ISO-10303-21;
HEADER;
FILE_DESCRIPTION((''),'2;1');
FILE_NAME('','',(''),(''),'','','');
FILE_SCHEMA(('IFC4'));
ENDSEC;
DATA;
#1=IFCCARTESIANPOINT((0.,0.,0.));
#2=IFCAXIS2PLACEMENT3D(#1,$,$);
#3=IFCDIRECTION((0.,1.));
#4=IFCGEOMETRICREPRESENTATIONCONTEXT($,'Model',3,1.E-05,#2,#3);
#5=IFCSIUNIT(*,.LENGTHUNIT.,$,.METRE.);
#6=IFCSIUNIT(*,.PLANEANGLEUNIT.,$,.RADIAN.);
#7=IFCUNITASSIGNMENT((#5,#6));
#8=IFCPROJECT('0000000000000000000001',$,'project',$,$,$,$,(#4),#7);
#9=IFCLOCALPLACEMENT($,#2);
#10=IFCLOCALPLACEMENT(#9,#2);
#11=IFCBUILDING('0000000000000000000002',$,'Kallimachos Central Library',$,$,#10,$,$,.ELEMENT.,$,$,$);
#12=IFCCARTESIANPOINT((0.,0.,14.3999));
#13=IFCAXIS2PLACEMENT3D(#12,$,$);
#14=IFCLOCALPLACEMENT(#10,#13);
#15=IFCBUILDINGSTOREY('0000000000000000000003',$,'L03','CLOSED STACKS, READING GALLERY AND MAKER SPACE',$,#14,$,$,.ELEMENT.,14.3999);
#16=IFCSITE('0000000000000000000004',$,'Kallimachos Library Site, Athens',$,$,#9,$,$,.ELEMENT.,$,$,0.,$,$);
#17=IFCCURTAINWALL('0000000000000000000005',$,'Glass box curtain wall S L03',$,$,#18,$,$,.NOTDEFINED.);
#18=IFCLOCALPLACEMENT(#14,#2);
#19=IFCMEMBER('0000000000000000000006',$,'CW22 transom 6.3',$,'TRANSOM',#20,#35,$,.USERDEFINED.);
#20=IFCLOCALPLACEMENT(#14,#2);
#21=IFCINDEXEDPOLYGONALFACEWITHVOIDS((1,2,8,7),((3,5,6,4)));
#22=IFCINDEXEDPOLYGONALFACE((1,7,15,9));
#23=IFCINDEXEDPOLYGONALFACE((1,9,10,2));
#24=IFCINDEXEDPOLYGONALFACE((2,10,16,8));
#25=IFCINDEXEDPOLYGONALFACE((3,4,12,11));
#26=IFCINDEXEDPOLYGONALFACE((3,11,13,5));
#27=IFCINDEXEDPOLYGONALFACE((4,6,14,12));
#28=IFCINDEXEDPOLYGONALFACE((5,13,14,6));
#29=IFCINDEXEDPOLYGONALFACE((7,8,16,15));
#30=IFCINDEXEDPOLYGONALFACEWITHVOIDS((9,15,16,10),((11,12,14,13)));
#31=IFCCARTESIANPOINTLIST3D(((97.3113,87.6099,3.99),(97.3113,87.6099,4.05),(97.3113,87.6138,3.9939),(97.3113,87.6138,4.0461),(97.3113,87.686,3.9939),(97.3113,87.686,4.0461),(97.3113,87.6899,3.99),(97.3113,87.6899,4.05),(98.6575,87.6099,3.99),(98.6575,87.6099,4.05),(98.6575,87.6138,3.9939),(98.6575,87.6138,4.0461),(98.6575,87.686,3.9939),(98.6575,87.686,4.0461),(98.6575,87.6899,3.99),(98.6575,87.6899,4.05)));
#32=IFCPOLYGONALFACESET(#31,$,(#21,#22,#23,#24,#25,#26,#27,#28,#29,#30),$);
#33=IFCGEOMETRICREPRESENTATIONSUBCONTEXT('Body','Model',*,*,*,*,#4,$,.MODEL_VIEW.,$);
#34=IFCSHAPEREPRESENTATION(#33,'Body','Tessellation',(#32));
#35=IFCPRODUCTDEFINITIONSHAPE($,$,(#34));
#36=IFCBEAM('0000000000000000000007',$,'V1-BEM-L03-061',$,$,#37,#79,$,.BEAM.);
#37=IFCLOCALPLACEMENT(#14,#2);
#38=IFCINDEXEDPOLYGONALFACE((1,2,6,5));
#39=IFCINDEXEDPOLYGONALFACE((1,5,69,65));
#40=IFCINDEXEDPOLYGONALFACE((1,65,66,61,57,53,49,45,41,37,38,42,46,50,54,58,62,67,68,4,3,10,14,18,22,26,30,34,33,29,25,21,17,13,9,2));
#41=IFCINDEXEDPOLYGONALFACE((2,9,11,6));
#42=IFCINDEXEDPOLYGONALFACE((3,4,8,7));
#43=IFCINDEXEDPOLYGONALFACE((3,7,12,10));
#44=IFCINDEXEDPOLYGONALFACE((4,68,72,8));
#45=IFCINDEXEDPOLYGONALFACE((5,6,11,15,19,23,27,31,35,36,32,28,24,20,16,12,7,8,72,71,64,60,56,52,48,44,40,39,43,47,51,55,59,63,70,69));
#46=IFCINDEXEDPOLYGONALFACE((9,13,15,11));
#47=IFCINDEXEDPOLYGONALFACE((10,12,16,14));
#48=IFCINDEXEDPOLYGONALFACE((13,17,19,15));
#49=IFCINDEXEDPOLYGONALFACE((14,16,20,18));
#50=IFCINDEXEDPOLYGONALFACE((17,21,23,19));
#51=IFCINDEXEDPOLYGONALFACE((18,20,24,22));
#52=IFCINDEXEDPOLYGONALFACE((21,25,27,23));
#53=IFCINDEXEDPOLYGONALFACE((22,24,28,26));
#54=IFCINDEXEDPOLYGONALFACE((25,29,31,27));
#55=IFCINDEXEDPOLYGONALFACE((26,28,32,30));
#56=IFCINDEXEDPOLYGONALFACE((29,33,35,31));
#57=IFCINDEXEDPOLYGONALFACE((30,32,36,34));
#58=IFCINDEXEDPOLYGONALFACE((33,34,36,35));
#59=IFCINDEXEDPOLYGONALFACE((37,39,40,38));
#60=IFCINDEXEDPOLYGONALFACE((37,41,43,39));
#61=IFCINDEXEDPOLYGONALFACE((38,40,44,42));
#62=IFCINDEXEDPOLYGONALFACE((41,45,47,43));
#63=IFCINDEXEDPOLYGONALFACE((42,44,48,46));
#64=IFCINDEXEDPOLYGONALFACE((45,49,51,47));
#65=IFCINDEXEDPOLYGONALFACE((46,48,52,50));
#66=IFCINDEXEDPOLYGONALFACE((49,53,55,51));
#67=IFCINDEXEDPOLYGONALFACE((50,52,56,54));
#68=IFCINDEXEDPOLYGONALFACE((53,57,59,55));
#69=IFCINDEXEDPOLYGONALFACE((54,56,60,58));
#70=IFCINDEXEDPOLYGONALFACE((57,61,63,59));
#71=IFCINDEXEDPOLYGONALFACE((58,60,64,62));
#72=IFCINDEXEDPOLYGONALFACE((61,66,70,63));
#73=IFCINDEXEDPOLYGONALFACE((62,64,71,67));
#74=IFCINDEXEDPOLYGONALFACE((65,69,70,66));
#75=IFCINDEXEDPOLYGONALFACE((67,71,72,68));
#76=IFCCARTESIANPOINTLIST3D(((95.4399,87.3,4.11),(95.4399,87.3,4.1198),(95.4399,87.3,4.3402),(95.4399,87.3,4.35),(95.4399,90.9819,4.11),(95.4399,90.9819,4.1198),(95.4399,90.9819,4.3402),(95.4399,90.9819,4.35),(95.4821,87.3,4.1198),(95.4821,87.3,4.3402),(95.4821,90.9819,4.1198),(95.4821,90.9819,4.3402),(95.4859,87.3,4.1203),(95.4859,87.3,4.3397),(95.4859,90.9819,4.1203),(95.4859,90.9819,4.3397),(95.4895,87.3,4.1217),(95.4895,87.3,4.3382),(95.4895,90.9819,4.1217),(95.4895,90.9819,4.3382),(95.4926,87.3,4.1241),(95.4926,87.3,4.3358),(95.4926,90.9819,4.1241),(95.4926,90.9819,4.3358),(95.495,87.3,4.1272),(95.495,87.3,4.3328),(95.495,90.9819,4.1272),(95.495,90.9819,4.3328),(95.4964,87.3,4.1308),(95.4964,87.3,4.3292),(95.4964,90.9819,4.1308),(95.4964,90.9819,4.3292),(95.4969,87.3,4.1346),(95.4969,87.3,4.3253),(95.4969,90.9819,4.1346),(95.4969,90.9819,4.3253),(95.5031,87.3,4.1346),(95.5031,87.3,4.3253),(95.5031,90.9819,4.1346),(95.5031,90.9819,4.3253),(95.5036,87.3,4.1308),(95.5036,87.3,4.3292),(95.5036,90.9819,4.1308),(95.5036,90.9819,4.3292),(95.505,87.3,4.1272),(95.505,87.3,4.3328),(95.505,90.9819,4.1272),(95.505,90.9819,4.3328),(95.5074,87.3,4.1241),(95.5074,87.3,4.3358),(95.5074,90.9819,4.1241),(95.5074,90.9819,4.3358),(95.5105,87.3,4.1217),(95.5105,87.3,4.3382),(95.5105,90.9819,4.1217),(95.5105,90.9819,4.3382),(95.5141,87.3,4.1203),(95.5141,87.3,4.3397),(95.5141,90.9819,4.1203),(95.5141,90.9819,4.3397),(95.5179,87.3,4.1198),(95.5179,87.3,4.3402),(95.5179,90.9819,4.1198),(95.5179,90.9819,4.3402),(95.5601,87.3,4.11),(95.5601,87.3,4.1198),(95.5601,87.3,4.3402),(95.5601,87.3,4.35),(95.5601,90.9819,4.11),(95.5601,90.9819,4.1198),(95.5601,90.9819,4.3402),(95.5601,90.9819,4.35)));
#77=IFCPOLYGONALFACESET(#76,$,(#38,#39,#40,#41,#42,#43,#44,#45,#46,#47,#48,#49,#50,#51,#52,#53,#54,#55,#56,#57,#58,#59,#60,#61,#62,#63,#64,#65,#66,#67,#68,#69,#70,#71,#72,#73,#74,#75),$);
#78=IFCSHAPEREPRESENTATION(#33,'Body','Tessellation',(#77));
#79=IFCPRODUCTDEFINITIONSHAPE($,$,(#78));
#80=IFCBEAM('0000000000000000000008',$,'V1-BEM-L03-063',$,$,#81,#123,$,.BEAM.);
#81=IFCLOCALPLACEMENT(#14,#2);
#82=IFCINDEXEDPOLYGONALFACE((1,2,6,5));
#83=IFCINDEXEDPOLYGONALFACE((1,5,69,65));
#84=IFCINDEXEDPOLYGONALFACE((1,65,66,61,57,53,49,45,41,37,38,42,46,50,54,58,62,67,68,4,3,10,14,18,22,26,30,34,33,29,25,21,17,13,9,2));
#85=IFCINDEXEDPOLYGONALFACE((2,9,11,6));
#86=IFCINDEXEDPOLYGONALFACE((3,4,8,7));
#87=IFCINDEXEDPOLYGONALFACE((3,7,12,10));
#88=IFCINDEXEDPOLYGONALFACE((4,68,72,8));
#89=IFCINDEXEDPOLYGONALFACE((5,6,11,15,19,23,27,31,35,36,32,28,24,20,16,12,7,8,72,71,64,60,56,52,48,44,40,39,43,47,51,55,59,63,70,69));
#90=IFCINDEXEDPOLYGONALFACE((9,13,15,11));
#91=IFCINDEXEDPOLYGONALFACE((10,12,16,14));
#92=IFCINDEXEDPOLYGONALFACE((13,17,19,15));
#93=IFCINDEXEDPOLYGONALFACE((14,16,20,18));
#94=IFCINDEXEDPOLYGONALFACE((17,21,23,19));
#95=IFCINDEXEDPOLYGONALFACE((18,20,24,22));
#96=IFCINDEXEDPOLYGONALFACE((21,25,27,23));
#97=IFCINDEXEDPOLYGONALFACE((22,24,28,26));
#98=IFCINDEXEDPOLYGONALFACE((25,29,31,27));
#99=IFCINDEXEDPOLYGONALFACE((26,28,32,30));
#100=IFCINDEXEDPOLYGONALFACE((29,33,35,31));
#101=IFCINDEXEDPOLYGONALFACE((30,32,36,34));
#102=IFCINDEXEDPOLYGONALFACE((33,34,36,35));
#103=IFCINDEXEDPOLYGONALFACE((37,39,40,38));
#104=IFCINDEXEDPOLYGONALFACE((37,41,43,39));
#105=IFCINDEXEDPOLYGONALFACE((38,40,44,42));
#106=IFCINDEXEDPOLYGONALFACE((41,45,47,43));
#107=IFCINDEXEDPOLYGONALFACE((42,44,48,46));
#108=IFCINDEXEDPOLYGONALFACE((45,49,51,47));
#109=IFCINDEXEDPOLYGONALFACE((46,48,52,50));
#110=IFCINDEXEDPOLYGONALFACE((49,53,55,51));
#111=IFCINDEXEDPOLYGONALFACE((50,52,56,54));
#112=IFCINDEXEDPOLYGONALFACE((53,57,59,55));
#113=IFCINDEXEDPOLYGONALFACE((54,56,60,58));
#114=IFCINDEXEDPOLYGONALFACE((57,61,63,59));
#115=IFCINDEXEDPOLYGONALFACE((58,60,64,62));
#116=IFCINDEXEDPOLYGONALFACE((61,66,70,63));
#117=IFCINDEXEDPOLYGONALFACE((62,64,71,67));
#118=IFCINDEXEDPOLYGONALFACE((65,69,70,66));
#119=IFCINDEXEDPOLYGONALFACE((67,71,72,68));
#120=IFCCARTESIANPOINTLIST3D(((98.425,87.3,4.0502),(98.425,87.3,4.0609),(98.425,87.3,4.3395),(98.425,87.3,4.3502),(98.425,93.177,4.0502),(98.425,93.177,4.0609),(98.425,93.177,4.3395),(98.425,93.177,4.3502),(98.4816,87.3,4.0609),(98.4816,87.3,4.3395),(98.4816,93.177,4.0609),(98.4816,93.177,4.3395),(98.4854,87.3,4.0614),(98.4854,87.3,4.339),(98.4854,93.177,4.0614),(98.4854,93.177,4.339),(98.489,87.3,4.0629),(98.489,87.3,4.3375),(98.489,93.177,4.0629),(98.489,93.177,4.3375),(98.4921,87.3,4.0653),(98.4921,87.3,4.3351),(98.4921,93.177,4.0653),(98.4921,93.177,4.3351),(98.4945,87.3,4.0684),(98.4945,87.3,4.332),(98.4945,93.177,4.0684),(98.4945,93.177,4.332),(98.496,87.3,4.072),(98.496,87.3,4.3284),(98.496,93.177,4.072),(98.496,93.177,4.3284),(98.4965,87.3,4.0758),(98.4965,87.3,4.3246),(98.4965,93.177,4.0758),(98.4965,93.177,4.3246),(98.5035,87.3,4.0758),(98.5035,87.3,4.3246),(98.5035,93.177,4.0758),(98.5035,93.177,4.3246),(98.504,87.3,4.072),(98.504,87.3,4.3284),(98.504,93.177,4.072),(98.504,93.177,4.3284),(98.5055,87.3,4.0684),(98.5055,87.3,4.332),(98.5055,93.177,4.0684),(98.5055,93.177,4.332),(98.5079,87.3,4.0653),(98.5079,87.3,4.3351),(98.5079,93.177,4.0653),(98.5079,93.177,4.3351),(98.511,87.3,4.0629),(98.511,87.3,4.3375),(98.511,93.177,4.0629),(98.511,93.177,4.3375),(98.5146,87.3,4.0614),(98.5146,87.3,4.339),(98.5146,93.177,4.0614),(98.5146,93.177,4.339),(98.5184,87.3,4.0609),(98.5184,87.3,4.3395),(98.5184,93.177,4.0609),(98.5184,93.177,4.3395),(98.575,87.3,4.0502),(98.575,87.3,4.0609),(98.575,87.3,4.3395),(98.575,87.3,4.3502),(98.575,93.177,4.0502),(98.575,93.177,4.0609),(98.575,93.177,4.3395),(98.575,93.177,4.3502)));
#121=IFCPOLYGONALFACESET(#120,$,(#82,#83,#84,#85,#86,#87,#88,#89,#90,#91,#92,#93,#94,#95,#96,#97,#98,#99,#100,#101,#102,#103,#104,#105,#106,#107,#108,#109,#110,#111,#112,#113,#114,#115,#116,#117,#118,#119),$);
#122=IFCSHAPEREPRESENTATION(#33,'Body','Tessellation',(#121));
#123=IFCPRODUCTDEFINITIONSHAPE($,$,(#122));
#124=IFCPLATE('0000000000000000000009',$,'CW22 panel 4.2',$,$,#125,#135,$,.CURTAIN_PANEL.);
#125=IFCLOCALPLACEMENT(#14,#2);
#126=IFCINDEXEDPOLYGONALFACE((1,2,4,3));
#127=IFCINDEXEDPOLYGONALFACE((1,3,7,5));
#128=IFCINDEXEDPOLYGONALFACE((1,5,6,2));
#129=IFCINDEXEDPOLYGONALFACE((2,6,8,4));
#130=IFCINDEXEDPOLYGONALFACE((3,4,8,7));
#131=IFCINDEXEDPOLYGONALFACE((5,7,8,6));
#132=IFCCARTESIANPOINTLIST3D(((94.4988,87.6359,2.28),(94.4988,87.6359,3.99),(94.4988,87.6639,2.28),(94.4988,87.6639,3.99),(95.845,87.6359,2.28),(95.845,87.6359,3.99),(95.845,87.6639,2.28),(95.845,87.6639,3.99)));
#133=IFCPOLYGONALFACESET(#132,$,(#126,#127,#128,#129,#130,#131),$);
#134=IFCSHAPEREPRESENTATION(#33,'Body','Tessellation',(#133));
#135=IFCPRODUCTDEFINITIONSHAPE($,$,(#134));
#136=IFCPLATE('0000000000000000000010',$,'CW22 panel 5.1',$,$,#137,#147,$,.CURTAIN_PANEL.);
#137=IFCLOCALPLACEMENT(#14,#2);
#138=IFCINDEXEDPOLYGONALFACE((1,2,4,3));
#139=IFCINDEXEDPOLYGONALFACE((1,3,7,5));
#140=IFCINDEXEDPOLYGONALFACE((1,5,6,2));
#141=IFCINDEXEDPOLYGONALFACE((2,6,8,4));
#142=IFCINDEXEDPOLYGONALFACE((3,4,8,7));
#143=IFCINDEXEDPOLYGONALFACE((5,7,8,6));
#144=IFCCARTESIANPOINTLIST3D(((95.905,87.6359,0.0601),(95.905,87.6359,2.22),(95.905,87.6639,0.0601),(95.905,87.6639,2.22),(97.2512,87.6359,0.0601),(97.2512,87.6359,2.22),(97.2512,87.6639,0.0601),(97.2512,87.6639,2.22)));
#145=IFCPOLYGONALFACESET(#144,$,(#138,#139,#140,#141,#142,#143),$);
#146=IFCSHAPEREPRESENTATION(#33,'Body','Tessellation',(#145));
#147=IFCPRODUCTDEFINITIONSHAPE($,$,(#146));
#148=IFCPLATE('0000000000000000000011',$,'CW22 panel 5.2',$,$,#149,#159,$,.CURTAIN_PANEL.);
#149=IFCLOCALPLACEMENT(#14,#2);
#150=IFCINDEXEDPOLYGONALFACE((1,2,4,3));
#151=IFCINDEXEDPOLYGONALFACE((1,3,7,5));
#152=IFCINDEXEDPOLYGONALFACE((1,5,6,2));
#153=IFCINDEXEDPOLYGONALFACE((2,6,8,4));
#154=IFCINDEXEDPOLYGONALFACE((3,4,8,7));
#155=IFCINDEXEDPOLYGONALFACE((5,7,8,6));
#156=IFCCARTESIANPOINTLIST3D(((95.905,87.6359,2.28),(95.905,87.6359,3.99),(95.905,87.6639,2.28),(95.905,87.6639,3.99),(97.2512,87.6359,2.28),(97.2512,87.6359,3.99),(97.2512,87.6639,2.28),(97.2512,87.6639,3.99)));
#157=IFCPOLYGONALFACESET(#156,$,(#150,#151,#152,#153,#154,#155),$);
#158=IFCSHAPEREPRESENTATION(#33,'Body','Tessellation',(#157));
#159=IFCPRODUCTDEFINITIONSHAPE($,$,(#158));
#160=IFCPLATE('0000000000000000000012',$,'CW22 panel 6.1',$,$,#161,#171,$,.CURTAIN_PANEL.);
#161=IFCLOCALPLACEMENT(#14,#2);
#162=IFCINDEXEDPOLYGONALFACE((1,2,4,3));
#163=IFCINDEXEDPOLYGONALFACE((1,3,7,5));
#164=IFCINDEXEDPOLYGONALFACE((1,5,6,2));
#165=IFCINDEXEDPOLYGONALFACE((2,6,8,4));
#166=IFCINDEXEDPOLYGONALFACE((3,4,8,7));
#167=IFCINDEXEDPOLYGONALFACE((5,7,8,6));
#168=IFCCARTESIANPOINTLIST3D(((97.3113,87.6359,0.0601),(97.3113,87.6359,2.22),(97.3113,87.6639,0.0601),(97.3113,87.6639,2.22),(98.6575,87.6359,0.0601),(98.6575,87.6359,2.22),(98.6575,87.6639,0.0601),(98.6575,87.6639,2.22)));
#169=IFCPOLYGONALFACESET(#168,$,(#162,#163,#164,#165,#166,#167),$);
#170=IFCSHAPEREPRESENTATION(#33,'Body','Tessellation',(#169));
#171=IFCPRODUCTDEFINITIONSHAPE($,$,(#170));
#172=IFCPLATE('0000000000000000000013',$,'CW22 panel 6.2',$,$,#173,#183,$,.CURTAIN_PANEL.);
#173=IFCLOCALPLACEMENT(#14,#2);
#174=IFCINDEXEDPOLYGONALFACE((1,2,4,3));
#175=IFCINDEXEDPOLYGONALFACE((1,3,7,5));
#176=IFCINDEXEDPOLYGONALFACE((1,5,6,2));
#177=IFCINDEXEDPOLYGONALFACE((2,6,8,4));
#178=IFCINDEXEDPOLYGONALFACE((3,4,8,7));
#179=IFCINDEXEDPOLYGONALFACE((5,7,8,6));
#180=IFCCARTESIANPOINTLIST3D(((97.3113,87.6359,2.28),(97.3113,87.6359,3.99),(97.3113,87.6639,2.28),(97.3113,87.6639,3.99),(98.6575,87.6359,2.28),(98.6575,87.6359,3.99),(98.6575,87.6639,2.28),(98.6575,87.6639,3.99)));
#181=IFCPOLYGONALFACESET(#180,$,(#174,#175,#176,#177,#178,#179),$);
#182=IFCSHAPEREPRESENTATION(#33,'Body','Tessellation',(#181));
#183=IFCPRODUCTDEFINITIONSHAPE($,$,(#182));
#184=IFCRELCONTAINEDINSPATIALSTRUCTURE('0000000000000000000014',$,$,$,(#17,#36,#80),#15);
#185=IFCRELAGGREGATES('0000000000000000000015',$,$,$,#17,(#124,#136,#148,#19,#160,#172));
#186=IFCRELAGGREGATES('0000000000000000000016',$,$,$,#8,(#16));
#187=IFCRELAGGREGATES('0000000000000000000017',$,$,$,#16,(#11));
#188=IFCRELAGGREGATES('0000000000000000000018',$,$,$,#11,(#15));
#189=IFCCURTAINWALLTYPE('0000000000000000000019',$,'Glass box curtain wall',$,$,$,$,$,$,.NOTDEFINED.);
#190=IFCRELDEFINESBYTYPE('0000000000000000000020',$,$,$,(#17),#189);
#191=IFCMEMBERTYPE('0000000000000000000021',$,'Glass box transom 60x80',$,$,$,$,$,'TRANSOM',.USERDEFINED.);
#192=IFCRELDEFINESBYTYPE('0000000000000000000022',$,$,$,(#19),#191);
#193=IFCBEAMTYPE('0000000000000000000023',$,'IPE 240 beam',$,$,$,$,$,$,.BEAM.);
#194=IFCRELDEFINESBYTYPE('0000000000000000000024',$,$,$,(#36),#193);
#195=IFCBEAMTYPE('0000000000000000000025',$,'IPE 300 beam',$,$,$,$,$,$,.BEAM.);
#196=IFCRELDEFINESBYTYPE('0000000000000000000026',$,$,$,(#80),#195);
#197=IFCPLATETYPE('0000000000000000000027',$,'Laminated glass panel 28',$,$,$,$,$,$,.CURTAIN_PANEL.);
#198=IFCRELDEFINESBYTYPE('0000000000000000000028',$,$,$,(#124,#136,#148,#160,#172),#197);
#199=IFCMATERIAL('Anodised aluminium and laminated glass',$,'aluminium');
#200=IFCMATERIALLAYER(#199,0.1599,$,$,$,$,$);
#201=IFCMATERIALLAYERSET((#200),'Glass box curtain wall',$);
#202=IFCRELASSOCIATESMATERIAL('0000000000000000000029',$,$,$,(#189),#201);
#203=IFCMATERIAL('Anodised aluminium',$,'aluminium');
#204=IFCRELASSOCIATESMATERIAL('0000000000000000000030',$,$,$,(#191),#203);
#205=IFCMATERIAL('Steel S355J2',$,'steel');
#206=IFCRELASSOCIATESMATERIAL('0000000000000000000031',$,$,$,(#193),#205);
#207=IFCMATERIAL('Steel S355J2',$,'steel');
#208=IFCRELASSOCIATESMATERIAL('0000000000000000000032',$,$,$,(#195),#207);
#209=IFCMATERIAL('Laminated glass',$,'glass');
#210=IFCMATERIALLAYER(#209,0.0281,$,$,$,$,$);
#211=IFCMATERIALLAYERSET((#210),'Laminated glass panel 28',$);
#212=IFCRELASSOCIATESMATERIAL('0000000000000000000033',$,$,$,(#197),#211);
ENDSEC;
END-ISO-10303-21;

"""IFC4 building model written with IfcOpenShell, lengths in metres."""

from ifc_helpers import new_model, si_unit, direction, frame, origin, origin_2d, place, context, subcontext, project, spatial, rectangle, hollow_rectangle, i_section, extrude, material, layer, layer_set, material_profile, profile_set, type_object, element, aggregate, save


model = new_model("IFC4")

# Units and contexts
model_context = context("Model", 3, precision=1e-05, world=origin(), true_north=direction((0.0, 1.0)))
body_context = subcontext(model_context, "Body", "Model", "MODEL_VIEW")
ifc_project = project(units=[si_unit("LENGTHUNIT", "METRE"), si_unit("PLANEANGLEUNIT", "RADIAN")], contexts=[model_context])

# Site, building, storey
site_placement = place(None, origin())
site = spatial("IfcSite", under=ifc_project, at=site_placement, Name="Kallimachos Library Site, Athens", CompositionType="ELEMENT", RefElevation=0.0)
building_placement = place(site_placement, origin())
building = spatial("IfcBuilding", under=site, at=building_placement, Name="Kallimachos Central Library", CompositionType="ELEMENT")
storey_placement = place(building_placement, frame((0.0, 0.0, 14.3999)))
storey = spatial("IfcBuildingStorey", under=building, at=storey_placement, Name="L03", Description="CLOSED STACKS, READING GALLERY AND MAKER SPACE", CompositionType="ELEMENT", Elevation=14.3999)

# Curtain wall, member
ifc_material_1 = material(Name="Anodised aluminium and laminated glass", Category="aluminium")
ifc_layer_1 = layer(ifc_material_1, 0.1599)
ifc_layer_set_1 = layer_set([ifc_layer_1], Name="Glass box curtain wall")
curtain_wall_type = type_object("IfcCurtainWallType", Name="Glass box curtain wall", PredefinedType="NOTDEFINED", material=ifc_layer_set_1)
curtain_wall_placement = place(storey_placement, origin())
curtain_wall = element("IfcCurtainWall", 1, at=curtain_wall_placement, inside=storey, type_object=curtain_wall_type, Name="Glass box curtain wall S L03", PredefinedType="NOTDEFINED")
ifc_material_2 = material(Name="Anodised aluminium", Category="aluminium")
ifc_material_profile_1 = material_profile(ifc_material_2, hollow_rectangle(XDim=0.0601, YDim=0.0801, WallThickness=0.0039, at=origin_2d()), Name="ALU TRANSOM 60x80")
ifc_profile_set_1 = profile_set([ifc_material_profile_1], Name="Anodised aluminium")
member_type_1 = type_object("IfcMemberType", Name="Glass box transom 60x80", ElementType="TRANSOM", PredefinedType="USERDEFINED", material=ifc_profile_set_1)
member_1_placement = place(storey_placement, frame((97.3113, 87.6499, 4.02), z_axis=(1.0, 0.0, 0.0), x_axis=(0.0, 0.0, 1.0)))
member_1 = element("IfcMember", 2, at=member_1_placement, type_object=member_type_1, Name="CW22 transom 6.3", ObjectType="TRANSOM", PredefinedType="USERDEFINED", context=body_context, shape_type="SweptSolid", body=[
    extrude(hollow_rectangle(XDim=0.0601, YDim=0.0801, WallThickness=0.0039, at=origin_2d()), origin(), (0.0, 0.0, 1.0), 1.3462),
])

# Beams
ifc_material_3 = material(Name="Steel S355J2", Category="steel")
ifc_material_profile_2 = material_profile(ifc_material_3, i_section(OverallWidth=0.1201, OverallDepth=0.24, WebThickness=0.0061, FlangeThickness=0.0098, FilletRadius=0.0149, at=origin_2d()), Name="IPE 240")
ifc_profile_set_2 = profile_set([ifc_material_profile_2], Name="Steel S355J2")
beam_type_1 = type_object("IfcBeamType", Name="IPE 240 beam", PredefinedType="BEAM", material=ifc_profile_set_2)
beam_1_placement = place(storey_placement, frame((95.5, 87.3, 4.23), z_axis=(0.0, 1.0, 0.0), x_axis=(-1.0, 0.0, 0.0)))
element("IfcBeam", 3, at=beam_1_placement, inside=storey, type_object=beam_type_1, Name="V1-BEM-L03-061", PredefinedType="BEAM", context=body_context, shape_type="SweptSolid", body=[
    extrude(i_section(OverallWidth=0.1201, OverallDepth=0.24, WebThickness=0.0061, FlangeThickness=0.0098, FilletRadius=0.0149, at=origin_2d()), origin(), (0.0, 0.0, 1.0), 3.6819),
])
ifc_material_4 = material(Name="Steel S355J2", Category="steel")
ifc_material_profile_3 = material_profile(ifc_material_4, i_section(OverallWidth=0.1499, OverallDepth=0.3, WebThickness=0.0071, FlangeThickness=0.0107, FilletRadius=0.0149, at=origin_2d()), Name="IPE 300")
ifc_profile_set_3 = profile_set([ifc_material_profile_3], Name="Steel S355J2")
beam_type_2 = type_object("IfcBeamType", Name="IPE 300 beam", PredefinedType="BEAM", material=ifc_profile_set_3)
beam_2_placement = place(storey_placement, frame((98.5, 87.3, 4.2002), z_axis=(0.0, 1.0, 0.0), x_axis=(-1.0, 0.0, 0.0)))
element("IfcBeam", 4, at=beam_2_placement, inside=storey, type_object=beam_type_2, Name="V1-BEM-L03-063", PredefinedType="BEAM", context=body_context, shape_type="SweptSolid", body=[
    extrude(i_section(OverallWidth=0.1499, OverallDepth=0.3, WebThickness=0.0071, FlangeThickness=0.0107, FilletRadius=0.0149, at=origin_2d()), origin(), (0.0, 0.0, 1.0), 5.877),
])

# Plates
ifc_material_5 = material(Name="Laminated glass", Category="glass")
ifc_layer_2 = layer(ifc_material_5, 0.0281)
ifc_layer_set_2 = layer_set([ifc_layer_2], Name="Laminated glass panel 28")
plate_type = type_object("IfcPlateType", Name="Laminated glass panel 28", PredefinedType="CURTAIN_PANEL", material=ifc_layer_set_2)
plate_1_placement = place(storey_placement, frame((95.1719, 87.6499, 2.28), z_axis=(0.0, 0.0, 1.0), x_axis=(1.0, 0.0, 0.0)))
plate_1 = element("IfcPlate", 5, at=plate_1_placement, type_object=plate_type, Name="CW22 panel 4.2", PredefinedType="CURTAIN_PANEL", context=body_context, shape_type="SweptSolid", body=[
    extrude(rectangle(XDim=1.3462, YDim=0.0281, at=origin_2d()), origin(), (0.0, 0.0, 1.0), 1.71),
])
plate_2_placement = place(storey_placement, frame((96.5781, 87.6499, 0.0601), z_axis=(0.0, 0.0, 1.0), x_axis=(1.0, 0.0, 0.0)))
plate_2 = element("IfcPlate", 6, at=plate_2_placement, type_object=plate_type, Name="CW22 panel 5.1", PredefinedType="CURTAIN_PANEL", context=body_context, shape_type="SweptSolid", body=[
    extrude(rectangle(XDim=1.3462, YDim=0.0281, at=origin_2d()), origin(), (0.0, 0.0, 1.0), 2.1599),
])
plate_3_placement = place(storey_placement, frame((96.5781, 87.6499, 2.28), z_axis=(0.0, 0.0, 1.0), x_axis=(1.0, 0.0, 0.0)))
plate_3 = element("IfcPlate", 7, at=plate_3_placement, type_object=plate_type, Name="CW22 panel 5.2", PredefinedType="CURTAIN_PANEL", context=body_context, shape_type="SweptSolid", body=[
    extrude(rectangle(XDim=1.3462, YDim=0.0281, at=origin_2d()), origin(), (0.0, 0.0, 1.0), 1.71),
])
plate_4_placement = place(storey_placement, frame((97.9844, 87.6499, 0.0601), z_axis=(0.0, 0.0, 1.0), x_axis=(1.0, 0.0, 0.0)))
plate_4 = element("IfcPlate", 8, at=plate_4_placement, type_object=plate_type, Name="CW22 panel 6.1", PredefinedType="CURTAIN_PANEL", context=body_context, shape_type="SweptSolid", body=[
    extrude(rectangle(XDim=1.3462, YDim=0.0281, at=origin_2d()), origin(), (0.0, 0.0, 1.0), 2.1599),
])
plate_5_placement = place(storey_placement, frame((97.9844, 87.6499, 2.28), z_axis=(0.0, 0.0, 1.0), x_axis=(1.0, 0.0, 0.0)))
plate_5 = element("IfcPlate", 9, at=plate_5_placement, type_object=plate_type, Name="CW22 panel 6.2", PredefinedType="CURTAIN_PANEL", context=body_context, shape_type="SweptSolid", body=[
    extrude(rectangle(XDim=1.3462, YDim=0.0281, at=origin_2d()), origin(), (0.0, 0.0, 1.0), 1.71),
])
aggregate(curtain_wall, [plate_1, plate_2, plate_3, member_1, plate_4, plate_5])

save(model, "model.ifc")
